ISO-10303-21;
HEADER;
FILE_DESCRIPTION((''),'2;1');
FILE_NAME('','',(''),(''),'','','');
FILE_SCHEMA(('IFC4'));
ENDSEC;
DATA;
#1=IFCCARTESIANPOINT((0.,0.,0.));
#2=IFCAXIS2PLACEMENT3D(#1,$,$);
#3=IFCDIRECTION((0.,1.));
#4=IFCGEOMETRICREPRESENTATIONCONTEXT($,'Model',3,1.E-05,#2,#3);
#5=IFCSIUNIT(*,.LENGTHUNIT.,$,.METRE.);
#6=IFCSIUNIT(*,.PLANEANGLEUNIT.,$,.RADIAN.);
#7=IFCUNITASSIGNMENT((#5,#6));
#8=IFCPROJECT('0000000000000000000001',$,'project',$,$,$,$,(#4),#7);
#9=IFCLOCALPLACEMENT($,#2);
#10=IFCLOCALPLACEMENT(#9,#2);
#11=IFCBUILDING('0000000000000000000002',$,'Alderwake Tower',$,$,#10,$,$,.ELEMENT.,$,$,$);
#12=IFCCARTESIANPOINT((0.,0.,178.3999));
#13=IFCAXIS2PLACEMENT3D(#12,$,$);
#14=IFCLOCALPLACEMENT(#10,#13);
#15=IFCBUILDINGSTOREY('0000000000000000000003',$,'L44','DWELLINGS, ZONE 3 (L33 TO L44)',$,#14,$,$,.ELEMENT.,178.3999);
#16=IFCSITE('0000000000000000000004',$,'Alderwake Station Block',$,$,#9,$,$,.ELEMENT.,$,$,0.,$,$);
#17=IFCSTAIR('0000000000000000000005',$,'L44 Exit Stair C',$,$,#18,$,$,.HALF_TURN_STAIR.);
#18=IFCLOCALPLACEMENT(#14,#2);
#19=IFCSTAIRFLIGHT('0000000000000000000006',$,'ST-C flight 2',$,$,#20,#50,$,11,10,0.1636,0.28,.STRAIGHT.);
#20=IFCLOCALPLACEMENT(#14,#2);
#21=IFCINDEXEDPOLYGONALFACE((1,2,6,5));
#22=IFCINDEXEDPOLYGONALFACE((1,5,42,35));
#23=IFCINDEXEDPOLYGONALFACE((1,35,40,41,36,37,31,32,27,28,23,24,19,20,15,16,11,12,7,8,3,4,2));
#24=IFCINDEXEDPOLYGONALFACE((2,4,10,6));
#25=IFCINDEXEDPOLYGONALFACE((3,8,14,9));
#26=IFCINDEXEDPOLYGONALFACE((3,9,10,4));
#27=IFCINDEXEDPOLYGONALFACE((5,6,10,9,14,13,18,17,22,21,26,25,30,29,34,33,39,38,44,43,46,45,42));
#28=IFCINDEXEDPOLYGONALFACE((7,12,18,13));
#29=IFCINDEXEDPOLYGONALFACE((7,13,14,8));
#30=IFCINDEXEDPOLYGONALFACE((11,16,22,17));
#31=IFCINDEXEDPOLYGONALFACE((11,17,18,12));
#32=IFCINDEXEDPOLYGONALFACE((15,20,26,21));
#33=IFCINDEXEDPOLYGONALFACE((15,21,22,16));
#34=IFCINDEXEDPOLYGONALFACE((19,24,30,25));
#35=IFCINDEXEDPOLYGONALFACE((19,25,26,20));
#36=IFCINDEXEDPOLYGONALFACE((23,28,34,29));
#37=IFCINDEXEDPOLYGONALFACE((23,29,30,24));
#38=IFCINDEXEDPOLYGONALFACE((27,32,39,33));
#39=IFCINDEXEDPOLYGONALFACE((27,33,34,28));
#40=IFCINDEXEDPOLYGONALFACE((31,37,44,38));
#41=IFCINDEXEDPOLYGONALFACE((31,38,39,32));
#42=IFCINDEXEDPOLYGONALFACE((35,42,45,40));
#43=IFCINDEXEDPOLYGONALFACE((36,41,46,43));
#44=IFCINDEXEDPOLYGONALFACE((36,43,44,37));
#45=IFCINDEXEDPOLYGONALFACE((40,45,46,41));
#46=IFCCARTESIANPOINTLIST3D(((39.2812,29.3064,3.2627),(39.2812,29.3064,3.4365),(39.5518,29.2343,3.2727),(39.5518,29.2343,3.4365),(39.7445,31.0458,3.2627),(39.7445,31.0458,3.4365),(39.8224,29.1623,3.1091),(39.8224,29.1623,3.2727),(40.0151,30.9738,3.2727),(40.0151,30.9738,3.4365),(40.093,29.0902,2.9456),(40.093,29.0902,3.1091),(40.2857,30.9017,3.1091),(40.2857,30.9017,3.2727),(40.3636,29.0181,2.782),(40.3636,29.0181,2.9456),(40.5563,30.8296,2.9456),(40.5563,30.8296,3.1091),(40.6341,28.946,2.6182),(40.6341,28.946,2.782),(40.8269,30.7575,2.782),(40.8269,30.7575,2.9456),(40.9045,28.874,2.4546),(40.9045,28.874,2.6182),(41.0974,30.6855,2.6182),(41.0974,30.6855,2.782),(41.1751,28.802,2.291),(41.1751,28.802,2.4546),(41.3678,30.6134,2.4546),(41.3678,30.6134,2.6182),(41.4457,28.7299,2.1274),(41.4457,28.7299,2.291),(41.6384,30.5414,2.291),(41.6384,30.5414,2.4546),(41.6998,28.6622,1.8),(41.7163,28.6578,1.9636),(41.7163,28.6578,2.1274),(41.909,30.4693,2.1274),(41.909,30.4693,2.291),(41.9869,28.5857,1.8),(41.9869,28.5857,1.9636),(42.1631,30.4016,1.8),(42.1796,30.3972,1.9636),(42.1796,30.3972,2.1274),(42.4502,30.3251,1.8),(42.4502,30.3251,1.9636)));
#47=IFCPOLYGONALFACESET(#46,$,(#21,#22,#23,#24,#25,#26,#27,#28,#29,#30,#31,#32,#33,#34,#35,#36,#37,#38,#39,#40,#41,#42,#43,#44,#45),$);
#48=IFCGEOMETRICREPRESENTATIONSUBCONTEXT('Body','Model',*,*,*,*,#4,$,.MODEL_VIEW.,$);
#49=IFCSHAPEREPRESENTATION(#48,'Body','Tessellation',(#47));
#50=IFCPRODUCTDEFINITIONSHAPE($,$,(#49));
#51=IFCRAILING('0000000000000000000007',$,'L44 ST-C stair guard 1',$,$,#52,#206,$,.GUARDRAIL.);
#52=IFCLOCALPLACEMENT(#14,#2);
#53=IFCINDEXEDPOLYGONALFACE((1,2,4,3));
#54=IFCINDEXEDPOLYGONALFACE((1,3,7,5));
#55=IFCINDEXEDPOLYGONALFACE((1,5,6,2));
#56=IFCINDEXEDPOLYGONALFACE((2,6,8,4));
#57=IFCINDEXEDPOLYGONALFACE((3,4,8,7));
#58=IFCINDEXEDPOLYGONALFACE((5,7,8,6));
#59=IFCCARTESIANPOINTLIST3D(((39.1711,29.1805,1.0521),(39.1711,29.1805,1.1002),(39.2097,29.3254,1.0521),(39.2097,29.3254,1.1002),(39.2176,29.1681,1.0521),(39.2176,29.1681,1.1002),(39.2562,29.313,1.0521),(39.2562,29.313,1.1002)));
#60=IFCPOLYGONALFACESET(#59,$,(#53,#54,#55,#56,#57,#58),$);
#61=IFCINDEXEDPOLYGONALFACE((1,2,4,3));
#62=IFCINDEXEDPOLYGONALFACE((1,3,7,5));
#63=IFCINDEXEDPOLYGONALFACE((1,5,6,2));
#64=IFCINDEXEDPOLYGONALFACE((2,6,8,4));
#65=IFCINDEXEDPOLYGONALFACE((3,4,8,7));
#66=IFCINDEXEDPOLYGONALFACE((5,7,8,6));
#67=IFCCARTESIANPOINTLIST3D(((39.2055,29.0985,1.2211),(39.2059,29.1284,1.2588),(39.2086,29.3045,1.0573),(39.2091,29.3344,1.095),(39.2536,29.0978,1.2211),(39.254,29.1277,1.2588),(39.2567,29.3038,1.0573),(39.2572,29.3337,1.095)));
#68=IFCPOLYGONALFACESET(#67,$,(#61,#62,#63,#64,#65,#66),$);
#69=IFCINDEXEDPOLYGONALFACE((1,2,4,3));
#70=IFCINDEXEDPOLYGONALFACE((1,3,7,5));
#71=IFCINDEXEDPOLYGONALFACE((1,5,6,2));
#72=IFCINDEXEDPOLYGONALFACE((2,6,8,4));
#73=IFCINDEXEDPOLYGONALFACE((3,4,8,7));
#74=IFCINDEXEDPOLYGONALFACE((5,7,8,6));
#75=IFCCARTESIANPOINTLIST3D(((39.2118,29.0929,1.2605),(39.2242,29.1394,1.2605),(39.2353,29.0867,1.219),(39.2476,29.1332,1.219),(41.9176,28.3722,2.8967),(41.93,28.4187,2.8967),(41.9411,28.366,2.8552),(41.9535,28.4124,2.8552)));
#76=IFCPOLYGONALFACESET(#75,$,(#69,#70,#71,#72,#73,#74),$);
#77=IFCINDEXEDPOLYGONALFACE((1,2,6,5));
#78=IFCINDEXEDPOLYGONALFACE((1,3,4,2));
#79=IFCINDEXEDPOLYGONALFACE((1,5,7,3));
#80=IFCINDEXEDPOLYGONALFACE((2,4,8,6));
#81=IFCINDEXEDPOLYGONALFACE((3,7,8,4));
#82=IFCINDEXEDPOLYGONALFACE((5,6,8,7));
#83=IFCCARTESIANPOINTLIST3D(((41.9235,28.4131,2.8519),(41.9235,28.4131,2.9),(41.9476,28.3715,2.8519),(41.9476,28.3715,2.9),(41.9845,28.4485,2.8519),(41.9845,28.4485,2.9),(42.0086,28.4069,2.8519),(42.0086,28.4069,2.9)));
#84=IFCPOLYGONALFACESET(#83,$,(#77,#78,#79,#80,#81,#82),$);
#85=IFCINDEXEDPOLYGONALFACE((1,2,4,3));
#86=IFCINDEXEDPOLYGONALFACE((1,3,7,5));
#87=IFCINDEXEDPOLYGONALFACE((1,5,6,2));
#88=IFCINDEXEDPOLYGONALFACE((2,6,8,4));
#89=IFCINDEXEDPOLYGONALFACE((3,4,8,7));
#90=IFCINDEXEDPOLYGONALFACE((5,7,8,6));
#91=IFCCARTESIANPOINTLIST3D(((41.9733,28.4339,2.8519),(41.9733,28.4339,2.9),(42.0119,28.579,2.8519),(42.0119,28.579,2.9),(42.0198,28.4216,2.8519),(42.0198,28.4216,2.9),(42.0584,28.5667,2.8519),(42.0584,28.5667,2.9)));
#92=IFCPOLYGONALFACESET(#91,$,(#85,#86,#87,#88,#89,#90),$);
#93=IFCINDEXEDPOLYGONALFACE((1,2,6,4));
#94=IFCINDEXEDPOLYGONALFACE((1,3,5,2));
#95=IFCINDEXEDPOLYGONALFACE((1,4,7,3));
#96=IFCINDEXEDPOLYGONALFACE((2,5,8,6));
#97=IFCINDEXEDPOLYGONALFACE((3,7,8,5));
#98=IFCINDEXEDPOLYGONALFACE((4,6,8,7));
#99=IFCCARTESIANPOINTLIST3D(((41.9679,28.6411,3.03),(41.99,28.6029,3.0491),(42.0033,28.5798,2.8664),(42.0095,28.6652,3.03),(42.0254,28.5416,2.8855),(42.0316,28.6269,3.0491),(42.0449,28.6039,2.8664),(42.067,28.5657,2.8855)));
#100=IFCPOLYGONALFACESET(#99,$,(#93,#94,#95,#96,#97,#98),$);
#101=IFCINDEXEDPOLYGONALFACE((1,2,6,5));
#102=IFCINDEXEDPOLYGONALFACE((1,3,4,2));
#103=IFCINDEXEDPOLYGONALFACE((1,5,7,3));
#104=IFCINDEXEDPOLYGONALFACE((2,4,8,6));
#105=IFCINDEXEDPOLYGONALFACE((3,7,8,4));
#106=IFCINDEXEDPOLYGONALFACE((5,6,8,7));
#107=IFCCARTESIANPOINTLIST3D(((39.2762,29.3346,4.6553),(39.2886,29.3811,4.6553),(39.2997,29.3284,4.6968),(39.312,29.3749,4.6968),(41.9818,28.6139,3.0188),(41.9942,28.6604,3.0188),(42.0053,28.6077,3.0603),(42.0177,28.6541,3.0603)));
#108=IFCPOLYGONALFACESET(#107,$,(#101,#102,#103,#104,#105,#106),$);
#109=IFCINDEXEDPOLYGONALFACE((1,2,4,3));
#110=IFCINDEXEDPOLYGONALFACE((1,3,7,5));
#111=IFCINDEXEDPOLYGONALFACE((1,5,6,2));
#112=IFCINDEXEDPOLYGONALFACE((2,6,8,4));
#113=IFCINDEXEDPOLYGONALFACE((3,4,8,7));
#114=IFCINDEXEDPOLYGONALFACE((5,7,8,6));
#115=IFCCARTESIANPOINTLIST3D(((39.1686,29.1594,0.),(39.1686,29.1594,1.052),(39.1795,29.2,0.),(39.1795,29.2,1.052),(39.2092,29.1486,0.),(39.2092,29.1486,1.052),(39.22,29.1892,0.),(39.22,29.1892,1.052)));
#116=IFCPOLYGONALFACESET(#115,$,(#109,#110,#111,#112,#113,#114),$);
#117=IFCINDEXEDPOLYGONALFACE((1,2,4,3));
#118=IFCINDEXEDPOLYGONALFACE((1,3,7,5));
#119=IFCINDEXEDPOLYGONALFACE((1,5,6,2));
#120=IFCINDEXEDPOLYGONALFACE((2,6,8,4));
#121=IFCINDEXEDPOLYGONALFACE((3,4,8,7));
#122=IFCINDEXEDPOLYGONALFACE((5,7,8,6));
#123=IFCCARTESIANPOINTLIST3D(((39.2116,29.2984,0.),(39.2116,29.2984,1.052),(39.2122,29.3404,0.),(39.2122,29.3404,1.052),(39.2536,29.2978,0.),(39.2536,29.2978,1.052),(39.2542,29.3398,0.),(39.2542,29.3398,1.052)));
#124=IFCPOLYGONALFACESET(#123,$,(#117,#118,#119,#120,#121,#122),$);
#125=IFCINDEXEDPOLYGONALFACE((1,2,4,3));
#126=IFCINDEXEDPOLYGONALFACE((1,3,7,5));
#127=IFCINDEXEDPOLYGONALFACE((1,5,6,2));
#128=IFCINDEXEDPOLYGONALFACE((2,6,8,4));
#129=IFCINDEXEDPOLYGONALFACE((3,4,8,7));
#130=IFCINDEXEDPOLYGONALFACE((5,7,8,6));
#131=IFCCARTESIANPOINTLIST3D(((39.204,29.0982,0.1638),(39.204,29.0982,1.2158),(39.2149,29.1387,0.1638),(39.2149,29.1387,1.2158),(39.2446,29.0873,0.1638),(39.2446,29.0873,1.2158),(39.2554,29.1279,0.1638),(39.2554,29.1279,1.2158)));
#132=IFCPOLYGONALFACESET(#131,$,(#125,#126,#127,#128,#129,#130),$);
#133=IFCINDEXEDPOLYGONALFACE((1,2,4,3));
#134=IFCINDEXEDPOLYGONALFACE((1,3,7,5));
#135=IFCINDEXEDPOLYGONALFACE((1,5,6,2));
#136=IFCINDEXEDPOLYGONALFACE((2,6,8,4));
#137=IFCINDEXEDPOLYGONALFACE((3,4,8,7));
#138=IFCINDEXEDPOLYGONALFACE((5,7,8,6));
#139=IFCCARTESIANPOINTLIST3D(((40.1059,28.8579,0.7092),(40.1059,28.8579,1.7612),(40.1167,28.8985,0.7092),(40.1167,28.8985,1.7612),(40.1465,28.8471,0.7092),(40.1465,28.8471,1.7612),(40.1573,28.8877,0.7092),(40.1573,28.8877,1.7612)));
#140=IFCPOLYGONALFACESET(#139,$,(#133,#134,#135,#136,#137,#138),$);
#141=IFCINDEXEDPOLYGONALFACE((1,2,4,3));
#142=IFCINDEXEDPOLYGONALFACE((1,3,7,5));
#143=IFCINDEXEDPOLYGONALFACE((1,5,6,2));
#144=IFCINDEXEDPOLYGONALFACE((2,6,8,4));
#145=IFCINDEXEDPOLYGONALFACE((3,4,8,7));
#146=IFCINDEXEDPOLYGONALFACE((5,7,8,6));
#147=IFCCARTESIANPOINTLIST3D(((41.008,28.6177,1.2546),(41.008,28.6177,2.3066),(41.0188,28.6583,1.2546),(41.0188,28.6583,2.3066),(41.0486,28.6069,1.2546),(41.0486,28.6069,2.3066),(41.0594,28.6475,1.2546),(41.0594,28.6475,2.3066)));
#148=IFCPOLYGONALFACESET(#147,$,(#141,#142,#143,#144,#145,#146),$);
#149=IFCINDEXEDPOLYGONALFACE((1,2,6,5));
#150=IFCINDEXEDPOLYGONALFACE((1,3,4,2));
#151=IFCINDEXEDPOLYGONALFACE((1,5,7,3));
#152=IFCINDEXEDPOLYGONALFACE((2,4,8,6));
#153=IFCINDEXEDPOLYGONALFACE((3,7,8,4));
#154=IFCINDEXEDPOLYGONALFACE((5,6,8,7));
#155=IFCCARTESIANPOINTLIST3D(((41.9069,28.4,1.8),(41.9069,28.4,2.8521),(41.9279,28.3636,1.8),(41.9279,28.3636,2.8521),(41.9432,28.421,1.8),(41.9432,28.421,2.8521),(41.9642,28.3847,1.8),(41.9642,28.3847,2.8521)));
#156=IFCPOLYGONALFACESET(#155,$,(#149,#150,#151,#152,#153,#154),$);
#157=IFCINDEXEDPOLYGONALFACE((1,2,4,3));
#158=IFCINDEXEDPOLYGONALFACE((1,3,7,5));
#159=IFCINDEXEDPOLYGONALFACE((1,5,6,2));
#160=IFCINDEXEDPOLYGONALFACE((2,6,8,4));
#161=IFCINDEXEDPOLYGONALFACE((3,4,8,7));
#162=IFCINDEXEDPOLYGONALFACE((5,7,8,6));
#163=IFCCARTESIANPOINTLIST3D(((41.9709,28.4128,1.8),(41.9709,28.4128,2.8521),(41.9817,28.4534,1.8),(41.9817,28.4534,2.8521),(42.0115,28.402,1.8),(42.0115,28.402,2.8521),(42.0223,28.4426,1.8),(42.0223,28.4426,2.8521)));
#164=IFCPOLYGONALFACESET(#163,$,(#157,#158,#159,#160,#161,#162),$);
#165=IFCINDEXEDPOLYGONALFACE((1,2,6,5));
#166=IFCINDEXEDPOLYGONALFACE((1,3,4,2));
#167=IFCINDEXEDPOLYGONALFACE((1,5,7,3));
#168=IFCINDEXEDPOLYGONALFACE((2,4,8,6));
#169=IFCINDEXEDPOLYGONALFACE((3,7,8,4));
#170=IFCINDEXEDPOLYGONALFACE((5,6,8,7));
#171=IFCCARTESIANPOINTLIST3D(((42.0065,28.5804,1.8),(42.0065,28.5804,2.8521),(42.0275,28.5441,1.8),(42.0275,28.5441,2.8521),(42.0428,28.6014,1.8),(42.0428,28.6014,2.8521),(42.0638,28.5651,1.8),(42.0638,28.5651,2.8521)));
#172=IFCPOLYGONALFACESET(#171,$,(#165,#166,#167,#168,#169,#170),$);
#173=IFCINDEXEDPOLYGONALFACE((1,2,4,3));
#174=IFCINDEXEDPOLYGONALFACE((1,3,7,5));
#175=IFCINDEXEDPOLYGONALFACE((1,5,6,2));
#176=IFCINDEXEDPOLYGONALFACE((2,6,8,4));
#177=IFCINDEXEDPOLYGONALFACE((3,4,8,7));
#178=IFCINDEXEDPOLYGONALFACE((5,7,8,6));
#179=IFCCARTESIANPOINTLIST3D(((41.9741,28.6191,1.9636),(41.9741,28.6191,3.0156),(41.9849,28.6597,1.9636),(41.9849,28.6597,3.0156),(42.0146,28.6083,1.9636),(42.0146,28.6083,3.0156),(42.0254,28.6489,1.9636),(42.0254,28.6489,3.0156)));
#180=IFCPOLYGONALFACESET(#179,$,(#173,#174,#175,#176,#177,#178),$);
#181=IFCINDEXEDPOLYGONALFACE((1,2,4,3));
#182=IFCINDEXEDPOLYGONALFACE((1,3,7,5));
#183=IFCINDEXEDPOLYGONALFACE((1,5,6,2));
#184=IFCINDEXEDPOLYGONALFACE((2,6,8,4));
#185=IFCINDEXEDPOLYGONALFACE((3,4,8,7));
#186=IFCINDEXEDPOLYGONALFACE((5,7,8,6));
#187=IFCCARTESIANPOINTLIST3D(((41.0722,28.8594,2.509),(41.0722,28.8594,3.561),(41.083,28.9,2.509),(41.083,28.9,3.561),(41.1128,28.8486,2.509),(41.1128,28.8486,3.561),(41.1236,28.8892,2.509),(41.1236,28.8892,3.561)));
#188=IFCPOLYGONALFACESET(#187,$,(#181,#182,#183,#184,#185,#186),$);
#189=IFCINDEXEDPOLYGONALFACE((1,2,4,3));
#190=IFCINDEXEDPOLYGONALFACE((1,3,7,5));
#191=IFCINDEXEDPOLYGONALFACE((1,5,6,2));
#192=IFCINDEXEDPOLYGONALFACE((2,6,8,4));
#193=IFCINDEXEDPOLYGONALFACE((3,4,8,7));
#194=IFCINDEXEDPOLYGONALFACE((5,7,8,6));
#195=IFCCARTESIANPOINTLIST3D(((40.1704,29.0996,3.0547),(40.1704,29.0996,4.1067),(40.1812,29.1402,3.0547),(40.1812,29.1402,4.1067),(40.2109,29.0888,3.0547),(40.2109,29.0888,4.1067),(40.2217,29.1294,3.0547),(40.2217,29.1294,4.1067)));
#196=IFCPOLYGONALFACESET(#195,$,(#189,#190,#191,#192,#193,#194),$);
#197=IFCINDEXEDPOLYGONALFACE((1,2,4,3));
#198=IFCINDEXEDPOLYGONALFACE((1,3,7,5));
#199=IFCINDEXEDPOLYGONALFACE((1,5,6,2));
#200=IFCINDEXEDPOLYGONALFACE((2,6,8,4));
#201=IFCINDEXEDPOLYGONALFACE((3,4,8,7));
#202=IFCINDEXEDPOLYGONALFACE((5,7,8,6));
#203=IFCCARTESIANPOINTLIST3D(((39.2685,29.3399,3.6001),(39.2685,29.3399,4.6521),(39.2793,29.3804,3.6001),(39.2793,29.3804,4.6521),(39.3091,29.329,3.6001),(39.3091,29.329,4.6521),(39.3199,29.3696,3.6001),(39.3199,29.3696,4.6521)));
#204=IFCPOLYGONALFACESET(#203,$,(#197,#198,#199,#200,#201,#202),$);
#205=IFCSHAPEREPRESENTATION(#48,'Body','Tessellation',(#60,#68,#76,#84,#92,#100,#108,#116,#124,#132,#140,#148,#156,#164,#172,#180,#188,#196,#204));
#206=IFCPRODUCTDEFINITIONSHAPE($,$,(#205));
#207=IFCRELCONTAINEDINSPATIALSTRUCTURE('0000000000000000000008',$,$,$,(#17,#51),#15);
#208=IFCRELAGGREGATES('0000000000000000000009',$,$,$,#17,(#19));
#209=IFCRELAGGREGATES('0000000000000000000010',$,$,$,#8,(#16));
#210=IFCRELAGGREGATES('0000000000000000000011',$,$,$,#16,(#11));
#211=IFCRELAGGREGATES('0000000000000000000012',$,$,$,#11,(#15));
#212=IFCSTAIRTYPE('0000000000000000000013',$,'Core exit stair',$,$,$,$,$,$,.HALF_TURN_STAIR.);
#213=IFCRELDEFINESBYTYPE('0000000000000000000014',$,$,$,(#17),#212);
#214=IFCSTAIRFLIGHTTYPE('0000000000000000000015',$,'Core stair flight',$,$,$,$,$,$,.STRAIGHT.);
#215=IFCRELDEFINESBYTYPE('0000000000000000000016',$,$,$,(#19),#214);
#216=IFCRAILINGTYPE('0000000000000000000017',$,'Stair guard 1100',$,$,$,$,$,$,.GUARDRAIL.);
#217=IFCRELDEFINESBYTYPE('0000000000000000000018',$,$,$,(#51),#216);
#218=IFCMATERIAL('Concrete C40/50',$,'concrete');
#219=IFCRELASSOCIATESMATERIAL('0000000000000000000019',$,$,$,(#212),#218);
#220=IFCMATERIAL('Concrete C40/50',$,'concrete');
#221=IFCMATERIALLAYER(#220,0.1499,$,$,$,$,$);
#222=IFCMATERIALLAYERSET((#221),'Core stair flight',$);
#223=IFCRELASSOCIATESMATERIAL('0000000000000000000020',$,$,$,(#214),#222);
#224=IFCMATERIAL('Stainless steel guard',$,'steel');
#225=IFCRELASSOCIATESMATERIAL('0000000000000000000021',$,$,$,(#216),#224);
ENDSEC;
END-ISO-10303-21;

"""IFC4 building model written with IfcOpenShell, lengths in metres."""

from ifc_helpers import new_model, si_unit, direction, frame, origin, origin_2d, place, context, subcontext, project, spatial, polyline, rectangle, outline, extrude, material, layer, layer_set, type_object, element, aggregate, save


model = new_model("IFC4")

# Units and contexts
model_context = context("Model", 3, precision=1e-05, world=origin(), true_north=direction((0.0, 1.0)))
body_context = subcontext(model_context, "Body", "Model", "MODEL_VIEW")
ifc_project = project(units=[si_unit("LENGTHUNIT", "METRE"), si_unit("PLANEANGLEUNIT", "RADIAN")], contexts=[model_context])

# Site, building, storey
site_placement = place(None, origin())
site = spatial("IfcSite", under=ifc_project, at=site_placement, Name="Alderwake Station Block", CompositionType="ELEMENT", RefElevation=0.0)
building_placement = place(site_placement, origin())
building = spatial("IfcBuilding", under=site, at=building_placement, Name="Alderwake Tower", CompositionType="ELEMENT")
storey_placement = place(building_placement, frame((0.0, 0.0, 178.3999)))
storey = spatial("IfcBuildingStorey", under=building, at=storey_placement, Name="L44", Description="DWELLINGS, ZONE 3 (L33 TO L44)", CompositionType="ELEMENT", Elevation=178.3999)

# Stair, stair flight
ifc_material_1 = material(Name="Concrete C40/50", Category="concrete")
stair_type = type_object("IfcStairType", Name="Core exit stair", PredefinedType="HALF_TURN_STAIR", material=ifc_material_1)
stair_placement = place(storey_placement, origin())
stair = element("IfcStair", 1, at=stair_placement, inside=storey, type_object=stair_type, Name="L44 Exit Stair C", PredefinedType="HALF_TURN_STAIR")
ifc_material_2 = material(Name="Concrete C40/50", Category="concrete")
ifc_layer_1 = layer(ifc_material_2, 0.1499)
ifc_layer_set_1 = layer_set([ifc_layer_1], Name="Core stair flight")
stair_flight_type = type_object("IfcStairFlightType", Name="Core stair flight", PredefinedType="STRAIGHT", material=ifc_layer_set_1)
stair_flight_1_placement = place(storey_placement, frame((42.2185, 29.4553, 1.8), z_axis=(0.0, 0.0, 1.0), x_axis=(-0.96631, 0.257382, 0.0)))
stair_flight_1 = element("IfcStairFlight", 2, at=stair_flight_1_placement, type_object=stair_flight_type, Name="ST-C flight 2", NumberOfRisers=11, NumberOfTreads=10, PredefinedType="STRAIGHT", RiserHeight=0.1636, TreadLength=0.28, context=body_context, shape_type="SweptSolid", body=[
    extrude(outline(polyline([(0.0, 0.0), (0.0, 0.1636), (0.28, 0.1636), (0.28, 0.3274), (0.5601, 0.3274), (0.5601, 0.491), (0.8401, 0.491), (0.8401, 0.6545), (1.1201, 0.6545), (1.1201, 0.8181), (1.3999, 0.8181), (1.3999, 0.9819), (1.6799, 0.9819), (1.6799, 1.1455), (1.96, 1.1455), (1.96, 1.3091), (2.24, 1.3091), (2.24, 1.4727), (2.52, 1.4727), (2.52, 1.6365), (2.8, 1.6365), (2.8, 1.8), (2.8, 1.4626), (0.2971, 0.0), (0.0, 0.0)])), frame((0.0, 0.8999, 0.0), z_axis=(0.0, -1.0, 0.0), x_axis=(1.0, 0.0, 0.0)), (0.0, 0.0, 1.0), 1.8),
])
aggregate(stair, [stair_flight_1])

# Railing
ifc_material_3 = material(Name="Stainless steel guard", Category="steel")
railing_type_1 = type_object("IfcRailingType", Name="Stair guard 1100", PredefinedType="GUARDRAIL", material=ifc_material_3)
railing_1_placement = place(storey_placement, frame((39.1943, 29.1743, 0.0)))
element("IfcRailing", 3, at=railing_1_placement, inside=storey, type_object=railing_type_1, Name="L44 ST-C stair guard 1", PredefinedType="GUARDRAIL", context=body_context, shape_type="SweptSolid", body=[
    extrude(rectangle(XDim=0.0481, YDim=0.0481, at=origin_2d()), frame((0.0, 0.0, 1.0762), z_axis=(0.25746, 0.966289, 0.0), x_axis=(-0.966289, 0.25746, 0.0)), (0.0, 0.0, 1.0), 0.1499),
    extrude(rectangle(XDim=0.0481, YDim=0.0481, at=origin_2d()), frame((0.0386, 0.1448, 1.0762), z_axis=(-0.012056, -0.782708, 0.622272), x_axis=(0.999881, -0.015401, 0.0)), (0.0, 0.0, 1.0), 0.2632),
    extrude(rectangle(XDim=0.0481, YDim=0.0481, at=origin_2d()), frame((0.0354, -0.0613, 1.2397), z_axis=(0.834314, -0.222223, 0.504518), x_axis=(0.25738, 0.96631, 0.0)), (0.0, 0.0, 1.0), 3.2432),
    extrude(rectangle(XDim=0.0481, YDim=0.0481, at=origin_2d()), frame((2.7412, -0.782, 2.876), z_axis=(0.865031, 0.501718, 0.0), x_axis=(-0.501718, 0.865031, 0.0)), (0.0, 0.0, 1.0), 0.0706),
    extrude(rectangle(XDim=0.0481, YDim=0.0481, at=origin_2d()), frame((2.8022, -0.7466, 2.876), z_axis=(0.257055, 0.966397, 0.0), x_axis=(-0.966397, 0.257055, 0.0)), (0.0, 0.0, 1.0), 0.1501),
    extrude(rectangle(XDim=0.0481, YDim=0.0481, at=origin_2d()), frame((2.8408, -0.6016, 2.876), z_axis=(-0.198625, 0.343827, 0.917786), x_axis=(-0.865898, -0.50022, 0.0)), (0.0, 0.0, 1.0), 0.1782),
    extrude(rectangle(XDim=0.0481, YDim=0.0481, at=origin_2d()), frame((2.8054, -0.5403, 3.0396), z_axis=(-0.834259, 0.222228, 0.504605), x_axis=(-0.257402, -0.966304, 0.0)), (0.0, 0.0, 1.0), 3.2432),
    extrude(rectangle(XDim=0.042, YDim=0.042, at=origin_2d()), frame((0.0, 0.0, 0.0), z_axis=(0.0, 0.0, 1.0), x_axis=(0.25746, 0.966289, 0.0)), (0.0, 0.0, 1.0), 1.052),
    extrude(rectangle(XDim=0.042, YDim=0.042, at=origin_2d()), frame((0.0386, 0.1448, 0.0), z_axis=(0.0, 0.0, 1.0), x_axis=(-0.015401, -0.999881, 0.0)), (0.0, 0.0, 1.0), 1.052),
    extrude(rectangle(XDim=0.042, YDim=0.042, at=origin_2d()), frame((0.0354, -0.0613, 0.1638), z_axis=(0.0, 0.0, 1.0), x_axis=(0.96631, -0.25738, 0.0)), (0.0, 0.0, 1.0), 1.052),
    extrude(rectangle(XDim=0.042, YDim=0.042, at=origin_2d()), frame((0.9373, -0.3015, 0.7092), z_axis=(0.0, 0.0, 1.0), x_axis=(0.96631, -0.25738, 0.0)), (0.0, 0.0, 1.0), 1.052),
    extrude(rectangle(XDim=0.042, YDim=0.042, at=origin_2d()), frame((1.8394, -0.5417, 1.2546), z_axis=(0.0, 0.0, 1.0), x_axis=(0.96631, -0.25738, 0.0)), (0.0, 0.0, 1.0), 1.052),
    extrude(rectangle(XDim=0.042, YDim=0.042, at=origin_2d()), frame((2.7412, -0.782, 1.8), z_axis=(0.0, 0.0, 1.0), x_axis=(0.865031, 0.501718, 0.0)), (0.0, 0.0, 1.0), 1.052),
    extrude(rectangle(XDim=0.042, YDim=0.042, at=origin_2d()), frame((2.8022, -0.7466, 1.8), z_axis=(0.0, 0.0, 1.0), x_axis=(0.257055, 0.966397, 0.0)), (0.0, 0.0, 1.0), 1.052),
    extrude(rectangle(XDim=0.042, YDim=0.042, at=origin_2d()), frame((2.8408, -0.6016, 1.8), z_axis=(0.0, 0.0, 1.0), x_axis=(-0.50022, 0.865898, 0.0)), (0.0, 0.0, 1.0), 1.052),
    extrude(rectangle(XDim=0.042, YDim=0.042, at=origin_2d()), frame((2.8054, -0.5403, 1.9636), z_axis=(0.0, 0.0, 1.0), x_axis=(-0.966304, 0.257402, 0.0)), (0.0, 0.0, 1.0), 1.052),
    extrude(rectangle(XDim=0.042, YDim=0.042, at=origin_2d()), frame((1.9036, -0.3, 2.509), z_axis=(0.0, 0.0, 1.0), x_axis=(-0.966304, 0.257402, 0.0)), (0.0, 0.0, 1.0), 1.052),
    extrude(rectangle(XDim=0.042, YDim=0.042, at=origin_2d()), frame((1.0017, -0.0598, 3.0547), z_axis=(0.0, 0.0, 1.0), x_axis=(-0.966304, 0.257402, 0.0)), (0.0, 0.0, 1.0), 1.052),
    extrude(rectangle(XDim=0.042, YDim=0.042, at=origin_2d()), frame((0.0999, 0.1804, 3.6001), z_axis=(0.0, 0.0, 1.0), x_axis=(-0.966304, 0.257402, 0.0)), (0.0, 0.0, 1.0), 1.052),
])

save(model, "model.ifc")
